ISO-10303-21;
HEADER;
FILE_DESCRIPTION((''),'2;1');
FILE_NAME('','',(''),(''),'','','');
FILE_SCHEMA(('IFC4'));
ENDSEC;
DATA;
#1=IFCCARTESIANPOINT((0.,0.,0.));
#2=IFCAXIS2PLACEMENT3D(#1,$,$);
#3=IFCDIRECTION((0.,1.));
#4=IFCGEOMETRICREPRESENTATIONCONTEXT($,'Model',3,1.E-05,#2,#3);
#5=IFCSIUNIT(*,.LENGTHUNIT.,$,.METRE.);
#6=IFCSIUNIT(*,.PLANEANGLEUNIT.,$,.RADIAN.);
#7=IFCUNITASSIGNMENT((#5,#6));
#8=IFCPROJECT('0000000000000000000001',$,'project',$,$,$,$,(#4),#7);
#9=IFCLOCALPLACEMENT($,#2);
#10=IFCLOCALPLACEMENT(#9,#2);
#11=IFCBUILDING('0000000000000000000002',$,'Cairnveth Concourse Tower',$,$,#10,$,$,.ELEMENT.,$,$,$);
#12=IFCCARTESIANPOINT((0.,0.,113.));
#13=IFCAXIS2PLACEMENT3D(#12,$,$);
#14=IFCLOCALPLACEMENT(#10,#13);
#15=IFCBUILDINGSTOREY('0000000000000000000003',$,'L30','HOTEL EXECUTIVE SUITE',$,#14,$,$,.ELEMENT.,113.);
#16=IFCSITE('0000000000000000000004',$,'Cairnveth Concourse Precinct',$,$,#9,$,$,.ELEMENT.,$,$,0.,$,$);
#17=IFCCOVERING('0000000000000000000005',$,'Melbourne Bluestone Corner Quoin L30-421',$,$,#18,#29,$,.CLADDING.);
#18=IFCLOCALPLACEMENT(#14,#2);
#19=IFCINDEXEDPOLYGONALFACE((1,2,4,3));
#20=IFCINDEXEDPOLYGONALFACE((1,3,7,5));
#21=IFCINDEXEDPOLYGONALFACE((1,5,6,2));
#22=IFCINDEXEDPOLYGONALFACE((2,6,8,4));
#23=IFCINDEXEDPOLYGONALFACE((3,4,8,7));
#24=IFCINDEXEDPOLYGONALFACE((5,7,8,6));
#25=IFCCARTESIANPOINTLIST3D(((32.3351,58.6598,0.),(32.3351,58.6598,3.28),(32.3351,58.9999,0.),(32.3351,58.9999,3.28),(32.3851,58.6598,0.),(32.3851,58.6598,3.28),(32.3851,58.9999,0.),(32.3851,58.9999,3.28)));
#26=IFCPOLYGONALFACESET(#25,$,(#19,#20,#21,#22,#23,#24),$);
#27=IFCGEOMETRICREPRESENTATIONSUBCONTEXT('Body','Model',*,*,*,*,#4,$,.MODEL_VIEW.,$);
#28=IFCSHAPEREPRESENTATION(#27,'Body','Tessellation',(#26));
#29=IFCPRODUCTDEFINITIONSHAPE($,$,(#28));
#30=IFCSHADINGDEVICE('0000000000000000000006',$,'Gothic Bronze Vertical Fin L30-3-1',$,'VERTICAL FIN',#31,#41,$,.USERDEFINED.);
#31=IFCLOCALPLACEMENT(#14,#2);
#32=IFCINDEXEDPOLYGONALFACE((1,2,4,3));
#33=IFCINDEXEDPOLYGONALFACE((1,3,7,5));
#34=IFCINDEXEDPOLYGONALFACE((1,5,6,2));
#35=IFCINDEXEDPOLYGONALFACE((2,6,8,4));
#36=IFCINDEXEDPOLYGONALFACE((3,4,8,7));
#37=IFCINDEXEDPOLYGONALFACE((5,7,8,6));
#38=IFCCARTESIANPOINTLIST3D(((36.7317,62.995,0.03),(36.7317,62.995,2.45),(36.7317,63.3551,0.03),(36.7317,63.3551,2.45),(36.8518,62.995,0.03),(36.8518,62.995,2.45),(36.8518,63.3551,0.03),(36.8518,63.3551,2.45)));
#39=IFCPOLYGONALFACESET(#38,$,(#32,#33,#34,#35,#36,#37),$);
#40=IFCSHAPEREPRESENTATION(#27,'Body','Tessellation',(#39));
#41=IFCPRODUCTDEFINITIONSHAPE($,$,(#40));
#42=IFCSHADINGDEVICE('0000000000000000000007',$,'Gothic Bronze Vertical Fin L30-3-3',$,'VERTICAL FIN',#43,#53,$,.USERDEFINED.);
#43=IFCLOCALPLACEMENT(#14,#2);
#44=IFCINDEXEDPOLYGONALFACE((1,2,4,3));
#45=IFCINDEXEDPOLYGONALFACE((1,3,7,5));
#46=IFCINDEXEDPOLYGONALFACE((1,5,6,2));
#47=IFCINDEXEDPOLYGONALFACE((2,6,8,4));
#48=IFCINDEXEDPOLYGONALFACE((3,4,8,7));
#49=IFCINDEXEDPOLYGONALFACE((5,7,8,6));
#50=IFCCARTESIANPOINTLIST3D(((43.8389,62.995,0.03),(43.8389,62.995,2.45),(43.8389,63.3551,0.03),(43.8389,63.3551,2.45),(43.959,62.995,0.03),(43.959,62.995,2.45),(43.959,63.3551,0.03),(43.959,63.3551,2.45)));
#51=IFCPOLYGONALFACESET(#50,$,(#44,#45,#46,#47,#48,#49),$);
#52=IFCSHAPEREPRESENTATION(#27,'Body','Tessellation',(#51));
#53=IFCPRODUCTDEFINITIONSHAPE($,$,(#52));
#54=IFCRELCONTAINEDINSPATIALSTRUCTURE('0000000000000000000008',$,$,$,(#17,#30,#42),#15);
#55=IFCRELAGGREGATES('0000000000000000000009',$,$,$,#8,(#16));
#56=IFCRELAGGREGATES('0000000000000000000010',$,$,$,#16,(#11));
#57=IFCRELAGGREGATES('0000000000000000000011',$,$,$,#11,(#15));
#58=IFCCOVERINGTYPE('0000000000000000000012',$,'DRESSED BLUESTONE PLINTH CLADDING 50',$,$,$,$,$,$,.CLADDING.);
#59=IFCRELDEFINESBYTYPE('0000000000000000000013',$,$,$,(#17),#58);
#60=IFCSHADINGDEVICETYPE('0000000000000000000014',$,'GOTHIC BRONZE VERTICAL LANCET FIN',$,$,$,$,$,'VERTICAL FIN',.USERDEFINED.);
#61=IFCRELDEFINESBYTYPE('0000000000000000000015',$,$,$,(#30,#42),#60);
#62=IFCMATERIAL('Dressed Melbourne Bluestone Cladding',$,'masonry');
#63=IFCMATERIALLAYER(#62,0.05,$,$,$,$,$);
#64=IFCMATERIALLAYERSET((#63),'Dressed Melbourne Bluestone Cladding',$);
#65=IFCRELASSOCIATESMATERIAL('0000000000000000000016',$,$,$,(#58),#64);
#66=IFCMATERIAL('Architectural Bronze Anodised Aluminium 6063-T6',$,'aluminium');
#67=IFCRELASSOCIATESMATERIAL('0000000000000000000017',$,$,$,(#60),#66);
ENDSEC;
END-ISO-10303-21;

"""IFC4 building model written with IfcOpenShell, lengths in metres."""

from ifc_helpers import new_model, si_unit, direction, frame, frame_2d, origin, origin_2d, place, context, subcontext, project, spatial, rectangle, extrude, material, layer, layer_set, type_object, element, save


model = new_model("IFC4")

# Units and contexts
model_context = context("Model", 3, precision=1e-05, world=origin(), true_north=direction((0.0, 1.0)))
body_context = subcontext(model_context, "Body", "Model", "MODEL_VIEW")
ifc_project = project(units=[si_unit("LENGTHUNIT", "METRE"), si_unit("PLANEANGLEUNIT", "RADIAN")], contexts=[model_context])

# Site, building, storey
site_placement = place(None, origin())
site = spatial("IfcSite", under=ifc_project, at=site_placement, Name="Cairnveth Concourse Precinct", CompositionType="ELEMENT", RefElevation=0.0)
building_placement = place(site_placement, origin())
building = spatial("IfcBuilding", under=site, at=building_placement, Name="Cairnveth Concourse Tower", CompositionType="ELEMENT")
storey_placement = place(building_placement, frame((0.0, 0.0, 113.0)))
storey = spatial("IfcBuildingStorey", under=building, at=storey_placement, Name="L30", Description="HOTEL EXECUTIVE SUITE", CompositionType="ELEMENT", Elevation=113.0)

# Covering
ifc_material_1 = material(Name="Dressed Melbourne Bluestone Cladding", Category="masonry")
ifc_layer_1 = layer(ifc_material_1, 0.05)
ifc_layer_set_1 = layer_set([ifc_layer_1], Name="Dressed Melbourne Bluestone Cladding")
covering_type = type_object("IfcCoveringType", Name="DRESSED BLUESTONE PLINTH CLADDING 50", PredefinedType="CLADDING", material=ifc_layer_set_1)
covering_placement = place(storey_placement, frame((32.3601, 58.6599, 0.0), z_axis=(0.0, 0.0, 1.0), x_axis=(0.0, 1.0, 0.0)))
element("IfcCovering", 1, at=covering_placement, inside=storey, type_object=covering_type, Name="Melbourne Bluestone Corner Quoin L30-421", PredefinedType="CLADDING", context=body_context, shape_type="SweptSolid", body=[
    extrude(rectangle(XDim=0.3401, YDim=0.05, at=frame_2d((0.1699, 0.0))), origin(), (0.0, 0.0, 1.0), 3.28),
])

# Shading devices
ifc_material_2 = material(Name="Architectural Bronze Anodised Aluminium 6063-T6", Category="aluminium")
shading_device_type = type_object("IfcShadingDeviceType", Name="GOTHIC BRONZE VERTICAL LANCET FIN", ElementType="VERTICAL FIN", PredefinedType="USERDEFINED", material=ifc_material_2)
for number, where, z_axis, x_axis, name in (
    (2, (36.7917, 63.175, 0.03), (0.0, 0.0, 1.0), (1.0, 0.0, 0.0), "Gothic Bronze Vertical Fin L30-3-1"),
    (3, (43.8989, 63.175, 0.03), (0.0, 0.0, 1.0), (1.0, 0.0, 0.0), "Gothic Bronze Vertical Fin L30-3-3"),
):
    element("IfcShadingDevice", number, at=place(storey_placement, frame(where, z_axis=z_axis, x_axis=x_axis)), inside=storey, type_object=shading_device_type, Name=name, ObjectType="VERTICAL FIN", PredefinedType="USERDEFINED", context=body_context, shape_type="SweptSolid", body=[
        extrude(rectangle(XDim=0.1201, YDim=0.3601, at=origin_2d()), origin(), (0.0, 0.0, 1.0), 2.4199),
    ])

save(model, "model.ifc")
